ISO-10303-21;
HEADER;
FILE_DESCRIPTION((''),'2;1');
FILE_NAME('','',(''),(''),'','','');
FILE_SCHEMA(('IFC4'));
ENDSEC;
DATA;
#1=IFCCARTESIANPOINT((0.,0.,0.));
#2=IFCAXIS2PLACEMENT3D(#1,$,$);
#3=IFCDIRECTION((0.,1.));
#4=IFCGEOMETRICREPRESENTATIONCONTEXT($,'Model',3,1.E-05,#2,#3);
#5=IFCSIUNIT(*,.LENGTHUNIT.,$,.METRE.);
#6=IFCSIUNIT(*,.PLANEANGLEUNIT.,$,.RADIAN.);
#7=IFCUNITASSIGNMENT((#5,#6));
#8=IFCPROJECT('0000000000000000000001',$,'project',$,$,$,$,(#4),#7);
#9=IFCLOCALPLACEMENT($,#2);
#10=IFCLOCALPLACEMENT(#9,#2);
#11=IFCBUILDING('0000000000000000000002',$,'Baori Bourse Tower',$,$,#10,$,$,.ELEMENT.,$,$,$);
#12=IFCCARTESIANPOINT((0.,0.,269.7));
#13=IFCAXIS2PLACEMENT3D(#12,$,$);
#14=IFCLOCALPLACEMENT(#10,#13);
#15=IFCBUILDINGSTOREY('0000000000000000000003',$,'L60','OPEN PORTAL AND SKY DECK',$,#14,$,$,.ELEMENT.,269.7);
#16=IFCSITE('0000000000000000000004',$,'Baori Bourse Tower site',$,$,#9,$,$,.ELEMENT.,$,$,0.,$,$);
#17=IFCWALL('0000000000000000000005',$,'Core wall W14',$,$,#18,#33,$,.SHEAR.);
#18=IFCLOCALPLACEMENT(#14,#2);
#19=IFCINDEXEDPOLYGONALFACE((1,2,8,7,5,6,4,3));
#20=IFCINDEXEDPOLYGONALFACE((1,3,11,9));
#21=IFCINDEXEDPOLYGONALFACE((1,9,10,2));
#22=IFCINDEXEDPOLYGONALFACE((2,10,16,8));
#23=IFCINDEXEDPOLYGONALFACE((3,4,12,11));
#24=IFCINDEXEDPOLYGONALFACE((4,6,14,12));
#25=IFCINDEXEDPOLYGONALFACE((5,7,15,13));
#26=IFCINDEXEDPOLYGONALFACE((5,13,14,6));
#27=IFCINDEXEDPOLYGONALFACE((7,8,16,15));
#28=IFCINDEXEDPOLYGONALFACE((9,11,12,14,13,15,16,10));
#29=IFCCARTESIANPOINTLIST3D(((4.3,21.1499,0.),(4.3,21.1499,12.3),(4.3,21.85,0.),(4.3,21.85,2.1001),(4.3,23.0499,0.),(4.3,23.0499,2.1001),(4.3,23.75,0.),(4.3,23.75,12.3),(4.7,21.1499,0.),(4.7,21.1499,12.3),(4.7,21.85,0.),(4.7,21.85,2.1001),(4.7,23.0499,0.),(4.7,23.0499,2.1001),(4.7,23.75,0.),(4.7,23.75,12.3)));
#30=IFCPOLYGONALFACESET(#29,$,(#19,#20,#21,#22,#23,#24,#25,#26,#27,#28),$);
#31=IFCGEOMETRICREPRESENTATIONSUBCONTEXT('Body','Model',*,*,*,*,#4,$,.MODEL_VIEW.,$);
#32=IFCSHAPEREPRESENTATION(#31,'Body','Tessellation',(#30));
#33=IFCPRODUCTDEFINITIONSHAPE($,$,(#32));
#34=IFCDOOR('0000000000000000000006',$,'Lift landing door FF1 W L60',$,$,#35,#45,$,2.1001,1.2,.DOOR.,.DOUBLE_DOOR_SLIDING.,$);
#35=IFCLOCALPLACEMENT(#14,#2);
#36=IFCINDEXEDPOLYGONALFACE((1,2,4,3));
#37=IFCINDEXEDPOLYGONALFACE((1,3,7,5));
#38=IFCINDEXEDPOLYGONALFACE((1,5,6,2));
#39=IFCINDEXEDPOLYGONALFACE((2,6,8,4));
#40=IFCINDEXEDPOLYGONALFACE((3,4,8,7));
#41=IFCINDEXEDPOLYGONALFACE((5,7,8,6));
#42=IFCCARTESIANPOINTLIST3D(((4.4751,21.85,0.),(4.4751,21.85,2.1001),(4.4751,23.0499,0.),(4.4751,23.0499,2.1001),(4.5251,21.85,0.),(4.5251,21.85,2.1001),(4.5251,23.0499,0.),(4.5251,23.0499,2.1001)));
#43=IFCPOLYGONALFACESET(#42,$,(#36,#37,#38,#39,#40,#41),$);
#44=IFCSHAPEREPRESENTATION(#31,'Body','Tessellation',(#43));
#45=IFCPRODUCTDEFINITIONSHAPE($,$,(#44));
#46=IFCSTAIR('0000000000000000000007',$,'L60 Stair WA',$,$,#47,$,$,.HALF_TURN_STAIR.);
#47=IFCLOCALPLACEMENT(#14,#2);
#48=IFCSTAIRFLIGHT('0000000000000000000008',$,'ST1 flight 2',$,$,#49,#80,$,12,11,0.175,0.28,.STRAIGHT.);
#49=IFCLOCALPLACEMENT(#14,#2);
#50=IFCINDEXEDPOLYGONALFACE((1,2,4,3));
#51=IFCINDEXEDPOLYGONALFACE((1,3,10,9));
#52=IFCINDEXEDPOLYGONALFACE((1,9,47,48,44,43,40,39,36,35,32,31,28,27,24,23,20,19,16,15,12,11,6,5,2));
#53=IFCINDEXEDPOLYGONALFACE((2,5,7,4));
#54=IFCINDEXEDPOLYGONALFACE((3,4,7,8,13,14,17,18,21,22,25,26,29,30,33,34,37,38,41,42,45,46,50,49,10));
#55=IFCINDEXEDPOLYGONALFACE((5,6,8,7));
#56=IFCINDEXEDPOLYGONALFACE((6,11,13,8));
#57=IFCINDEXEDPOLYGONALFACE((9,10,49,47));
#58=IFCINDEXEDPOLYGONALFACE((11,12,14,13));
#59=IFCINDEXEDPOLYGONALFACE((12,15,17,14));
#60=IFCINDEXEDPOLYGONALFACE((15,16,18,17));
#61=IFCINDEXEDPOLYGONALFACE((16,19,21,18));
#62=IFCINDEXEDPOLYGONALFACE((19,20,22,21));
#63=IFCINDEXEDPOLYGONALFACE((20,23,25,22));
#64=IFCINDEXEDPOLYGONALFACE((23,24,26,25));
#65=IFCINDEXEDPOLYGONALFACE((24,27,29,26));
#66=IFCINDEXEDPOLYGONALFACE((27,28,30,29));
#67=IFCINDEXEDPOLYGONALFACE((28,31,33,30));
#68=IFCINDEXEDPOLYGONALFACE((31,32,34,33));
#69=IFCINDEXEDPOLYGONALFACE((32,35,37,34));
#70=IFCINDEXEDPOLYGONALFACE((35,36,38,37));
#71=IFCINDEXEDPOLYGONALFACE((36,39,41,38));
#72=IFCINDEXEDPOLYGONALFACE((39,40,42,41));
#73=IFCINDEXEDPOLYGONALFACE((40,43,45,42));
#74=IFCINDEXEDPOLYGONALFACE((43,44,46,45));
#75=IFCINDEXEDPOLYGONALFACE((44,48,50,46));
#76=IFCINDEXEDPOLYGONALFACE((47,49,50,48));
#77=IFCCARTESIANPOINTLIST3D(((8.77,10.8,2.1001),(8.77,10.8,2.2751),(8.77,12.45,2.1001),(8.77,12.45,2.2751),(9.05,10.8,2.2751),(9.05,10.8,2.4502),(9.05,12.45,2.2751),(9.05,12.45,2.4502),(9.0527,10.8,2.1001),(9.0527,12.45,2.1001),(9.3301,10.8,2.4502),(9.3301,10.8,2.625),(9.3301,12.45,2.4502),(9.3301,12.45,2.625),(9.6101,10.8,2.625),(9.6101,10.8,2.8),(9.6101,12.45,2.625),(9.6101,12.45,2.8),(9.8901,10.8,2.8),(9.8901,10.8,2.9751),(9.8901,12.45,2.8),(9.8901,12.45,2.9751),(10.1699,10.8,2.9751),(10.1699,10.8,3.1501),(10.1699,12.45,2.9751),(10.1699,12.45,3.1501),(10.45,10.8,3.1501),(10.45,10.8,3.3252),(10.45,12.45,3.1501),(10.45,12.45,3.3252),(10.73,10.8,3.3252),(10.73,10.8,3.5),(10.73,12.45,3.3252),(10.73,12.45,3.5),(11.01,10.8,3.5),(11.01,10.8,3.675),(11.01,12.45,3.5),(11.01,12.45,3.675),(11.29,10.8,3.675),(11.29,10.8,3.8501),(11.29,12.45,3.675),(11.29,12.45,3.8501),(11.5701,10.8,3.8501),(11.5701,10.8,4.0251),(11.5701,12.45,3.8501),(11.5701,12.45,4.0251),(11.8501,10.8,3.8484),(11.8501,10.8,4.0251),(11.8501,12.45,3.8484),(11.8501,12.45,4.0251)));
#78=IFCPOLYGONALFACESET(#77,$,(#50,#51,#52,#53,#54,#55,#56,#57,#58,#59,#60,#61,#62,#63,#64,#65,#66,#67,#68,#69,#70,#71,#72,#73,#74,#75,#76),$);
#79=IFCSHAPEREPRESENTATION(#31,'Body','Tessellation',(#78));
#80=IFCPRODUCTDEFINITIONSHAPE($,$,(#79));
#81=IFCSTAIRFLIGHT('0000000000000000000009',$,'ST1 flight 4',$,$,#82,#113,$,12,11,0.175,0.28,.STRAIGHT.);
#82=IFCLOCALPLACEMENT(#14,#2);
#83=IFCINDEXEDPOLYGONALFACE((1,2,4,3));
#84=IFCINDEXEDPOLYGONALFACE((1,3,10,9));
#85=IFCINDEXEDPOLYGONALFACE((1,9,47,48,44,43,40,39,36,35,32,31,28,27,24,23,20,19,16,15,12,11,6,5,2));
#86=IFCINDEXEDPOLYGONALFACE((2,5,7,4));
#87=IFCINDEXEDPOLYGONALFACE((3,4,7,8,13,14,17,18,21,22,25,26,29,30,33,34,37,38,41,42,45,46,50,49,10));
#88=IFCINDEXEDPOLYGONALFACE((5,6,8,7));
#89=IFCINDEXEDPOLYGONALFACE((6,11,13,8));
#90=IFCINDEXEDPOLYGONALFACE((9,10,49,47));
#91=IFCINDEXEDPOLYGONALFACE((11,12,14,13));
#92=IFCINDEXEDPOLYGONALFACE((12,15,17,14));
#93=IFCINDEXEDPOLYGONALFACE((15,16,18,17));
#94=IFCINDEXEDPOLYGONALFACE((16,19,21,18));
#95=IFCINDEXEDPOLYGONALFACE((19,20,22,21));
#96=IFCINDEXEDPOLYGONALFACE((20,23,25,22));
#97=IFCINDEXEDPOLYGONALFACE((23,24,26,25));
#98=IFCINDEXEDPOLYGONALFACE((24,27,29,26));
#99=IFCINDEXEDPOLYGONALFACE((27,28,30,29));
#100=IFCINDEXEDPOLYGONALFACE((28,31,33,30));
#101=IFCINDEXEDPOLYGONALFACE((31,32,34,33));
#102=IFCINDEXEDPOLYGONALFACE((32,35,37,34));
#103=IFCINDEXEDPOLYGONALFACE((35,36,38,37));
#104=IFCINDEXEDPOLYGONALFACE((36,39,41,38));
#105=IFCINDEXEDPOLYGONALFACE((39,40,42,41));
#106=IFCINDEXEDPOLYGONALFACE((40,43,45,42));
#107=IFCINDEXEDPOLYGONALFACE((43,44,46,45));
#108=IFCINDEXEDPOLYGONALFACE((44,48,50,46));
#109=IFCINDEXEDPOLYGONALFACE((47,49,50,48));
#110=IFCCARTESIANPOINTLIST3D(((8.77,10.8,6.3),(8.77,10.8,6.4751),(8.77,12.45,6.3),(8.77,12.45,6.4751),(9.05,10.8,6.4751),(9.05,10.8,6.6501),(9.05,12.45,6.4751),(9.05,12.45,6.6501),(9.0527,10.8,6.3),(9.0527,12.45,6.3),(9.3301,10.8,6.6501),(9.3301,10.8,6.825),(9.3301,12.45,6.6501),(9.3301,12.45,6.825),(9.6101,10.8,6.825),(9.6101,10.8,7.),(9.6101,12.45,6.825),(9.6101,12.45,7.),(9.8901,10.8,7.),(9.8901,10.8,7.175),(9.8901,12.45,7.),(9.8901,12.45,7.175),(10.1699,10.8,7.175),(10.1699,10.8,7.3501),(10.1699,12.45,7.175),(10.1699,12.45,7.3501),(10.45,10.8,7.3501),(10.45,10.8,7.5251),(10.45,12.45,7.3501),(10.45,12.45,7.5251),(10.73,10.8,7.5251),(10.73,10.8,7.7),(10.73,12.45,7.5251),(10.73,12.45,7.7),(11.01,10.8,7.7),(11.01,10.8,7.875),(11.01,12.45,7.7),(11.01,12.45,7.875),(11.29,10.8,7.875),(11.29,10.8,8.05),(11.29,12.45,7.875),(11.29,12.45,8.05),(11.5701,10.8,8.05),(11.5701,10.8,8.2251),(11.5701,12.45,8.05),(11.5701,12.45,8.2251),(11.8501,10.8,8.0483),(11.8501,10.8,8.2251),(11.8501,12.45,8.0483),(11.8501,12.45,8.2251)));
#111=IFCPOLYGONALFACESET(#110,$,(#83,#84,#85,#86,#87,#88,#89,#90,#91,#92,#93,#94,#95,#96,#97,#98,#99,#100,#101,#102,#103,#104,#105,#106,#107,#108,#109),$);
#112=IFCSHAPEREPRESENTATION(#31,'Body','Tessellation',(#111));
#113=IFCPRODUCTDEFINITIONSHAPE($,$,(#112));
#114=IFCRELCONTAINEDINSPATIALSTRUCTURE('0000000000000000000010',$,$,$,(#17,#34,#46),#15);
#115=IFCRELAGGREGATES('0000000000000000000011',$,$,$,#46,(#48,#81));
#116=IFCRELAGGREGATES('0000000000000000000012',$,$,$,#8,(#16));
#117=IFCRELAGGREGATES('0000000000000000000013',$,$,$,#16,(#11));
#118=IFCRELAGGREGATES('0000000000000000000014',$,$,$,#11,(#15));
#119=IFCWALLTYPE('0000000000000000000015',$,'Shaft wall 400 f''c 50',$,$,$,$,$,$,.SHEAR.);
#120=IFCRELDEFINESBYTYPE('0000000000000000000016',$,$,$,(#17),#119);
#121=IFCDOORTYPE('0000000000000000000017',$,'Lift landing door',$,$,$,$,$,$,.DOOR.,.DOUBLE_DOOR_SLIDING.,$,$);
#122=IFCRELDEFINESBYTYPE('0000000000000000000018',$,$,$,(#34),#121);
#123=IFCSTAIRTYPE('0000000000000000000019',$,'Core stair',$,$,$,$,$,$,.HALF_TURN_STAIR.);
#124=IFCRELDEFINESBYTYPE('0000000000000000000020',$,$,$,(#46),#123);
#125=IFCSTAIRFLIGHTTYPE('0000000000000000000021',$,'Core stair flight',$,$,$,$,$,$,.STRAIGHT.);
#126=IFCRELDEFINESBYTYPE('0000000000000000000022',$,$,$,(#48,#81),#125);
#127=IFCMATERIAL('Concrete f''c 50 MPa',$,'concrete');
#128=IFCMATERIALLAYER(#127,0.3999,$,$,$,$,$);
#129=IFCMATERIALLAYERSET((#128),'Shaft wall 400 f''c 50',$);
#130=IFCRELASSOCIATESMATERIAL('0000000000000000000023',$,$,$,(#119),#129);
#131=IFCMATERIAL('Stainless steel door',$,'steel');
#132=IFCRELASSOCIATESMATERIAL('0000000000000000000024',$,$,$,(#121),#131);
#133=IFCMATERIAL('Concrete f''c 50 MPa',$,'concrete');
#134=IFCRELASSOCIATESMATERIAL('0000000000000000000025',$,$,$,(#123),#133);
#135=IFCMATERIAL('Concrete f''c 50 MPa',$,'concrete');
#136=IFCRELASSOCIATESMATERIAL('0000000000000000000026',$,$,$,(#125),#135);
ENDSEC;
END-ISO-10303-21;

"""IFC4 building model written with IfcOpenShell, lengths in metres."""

from ifc_helpers import new_model, si_unit, direction, frame, frame_2d, origin, place, context, subcontext, project, spatial, polyline, rectangle, outline, extrude, material, layer, layer_set, type_object, element, fill, aggregate, save


model = new_model("IFC4")

# Units and contexts
model_context = context("Model", 3, precision=1e-05, world=origin(), true_north=direction((0.0, 1.0)))
body_context = subcontext(model_context, "Body", "Model", "MODEL_VIEW")
ifc_project = project(units=[si_unit("LENGTHUNIT", "METRE"), si_unit("PLANEANGLEUNIT", "RADIAN")], contexts=[model_context])

# Site, building, storey
site_placement = place(None, origin())
site = spatial("IfcSite", under=ifc_project, at=site_placement, Name="Baori Bourse Tower site", CompositionType="ELEMENT", RefElevation=0.0)
building_placement = place(site_placement, origin())
building = spatial("IfcBuilding", under=site, at=building_placement, Name="Baori Bourse Tower", CompositionType="ELEMENT")
storey_placement = place(building_placement, frame((0.0, 0.0, 269.7)))
storey = spatial("IfcBuildingStorey", under=building, at=storey_placement, Name="L60", Description="OPEN PORTAL AND SKY DECK", CompositionType="ELEMENT", Elevation=269.7)

# Shared definitions
ifc_material_1 = material(Name="Concrete f'c 50 MPa", Category="concrete")
ifc_layer_1 = layer(ifc_material_1, 0.3999)
ifc_layer_set_1 = layer_set([ifc_layer_1], Name="Shaft wall 400 f'c 50")
wall_type_1 = type_object("IfcWallType", Name="Shaft wall 400 f'c 50", PredefinedType="SHEAR", material=ifc_layer_set_1)

# Wall, opening, door
wall_1_placement = place(storey_placement, frame((4.5, 21.1499, 0.0), z_axis=(0.0, 0.0, 1.0), x_axis=(0.0, 1.0, 0.0)))
wall_1 = element("IfcWall", 1, at=wall_1_placement, inside=storey, type_object=wall_type_1, Name="Core wall W14", PredefinedType="SHEAR", context=body_context, shape_type="SweptSolid", body=[
    extrude(rectangle(XDim=2.6001, YDim=0.3999, at=frame_2d((1.3, 0.0))), origin(), (0.0, 0.0, 1.0), 12.3),
])
opening_1_placement = place(wall_1_placement, frame((0.7, 0.0, 0.0)))
opening_1 = element("IfcOpeningElement", 2, at=opening_1_placement, cuts=wall_1, PredefinedType="OPENING", context=body_context, shape_type="SweptSolid", body=[
    extrude(rectangle(XDim=1.2, YDim=2.1001, at=frame_2d((0.6001, 1.05))), frame((0.0, 0.21, 0.0), z_axis=(0.0, -1.0, 0.0), x_axis=(1.0, 0.0, 0.0)), (0.0, 0.0, 1.0), 0.4199),
])
ifc_material_2 = material(Name="Stainless steel door", Category="steel")
door_type_1 = type_object("IfcDoorType", Name="Lift landing door", OperationType="DOUBLE_DOOR_SLIDING", PredefinedType="DOOR", material=ifc_material_2)
door_1_placement = place(opening_1_placement, origin())
door_1 = element("IfcDoor", 3, at=door_1_placement, inside=storey, type_object=door_type_1, Name="Lift landing door FF1 W L60", OperationType="DOUBLE_DOOR_SLIDING", OverallHeight=2.1001, OverallWidth=1.2, PredefinedType="DOOR", context=body_context, shape_type="SweptSolid", body=[
    extrude(rectangle(XDim=1.2, YDim=2.1001, at=frame_2d((0.6001, 1.05))), frame((0.0, 0.0249, 0.0), z_axis=(0.0, -1.0, 0.0), x_axis=(1.0, 0.0, 0.0)), (0.0, 0.0, 1.0), 0.05),
])
fill(opening_1, door_1)

# Stair, stair flights
ifc_material_3 = material(Name="Concrete f'c 50 MPa", Category="concrete")
stair_type = type_object("IfcStairType", Name="Core stair", PredefinedType="HALF_TURN_STAIR", material=ifc_material_3)
stair_placement = place(storey_placement, origin())
stair = element("IfcStair", 4, at=stair_placement, inside=storey, type_object=stair_type, Name="L60 Stair WA", PredefinedType="HALF_TURN_STAIR")
ifc_material_4 = material(Name="Concrete f'c 50 MPa", Category="concrete")
stair_flight_type = type_object("IfcStairFlightType", Name="Core stair flight", PredefinedType="STRAIGHT", material=ifc_material_4)
stair_flight_1_placement = place(storey_placement, frame((8.77, 11.625, 2.1001), z_axis=(0.0, 0.0, 1.0), x_axis=(1.0, 0.0, 0.0)))
stair_flight_1 = element("IfcStairFlight", 5, at=stair_flight_1_placement, type_object=stair_flight_type, Name="ST1 flight 2", NumberOfRisers=12, NumberOfTreads=11, PredefinedType="STRAIGHT", RiserHeight=0.175, TreadLength=0.28, context=body_context, shape_type="SweptSolid", body=[
    extrude(outline(polyline([(0.0, 0.0), (0.0, 0.175), (0.28, 0.175), (0.28, 0.3501), (0.5601, 0.3501), (0.5601, 0.5249), (0.8401, 0.5249), (0.8401, 0.7), (1.1201, 0.7), (1.1201, 0.875), (1.3999, 0.875), (1.3999, 1.05), (1.6799, 1.05), (1.6799, 1.2251), (1.96, 1.2251), (1.96, 1.3999), (2.24, 1.3999), (2.24, 1.575), (2.52, 1.575), (2.52, 1.75), (2.8, 1.75), (2.8, 1.925), (3.0801, 1.925), (3.0801, 2.1001), (3.0801, 1.7483), (0.2827, 0.0), (0.0, 0.0)])), frame((0.0, 0.825, 0.0), z_axis=(0.0, -1.0, 0.0), x_axis=(1.0, 0.0, 0.0)), (0.0, 0.0, 1.0), 1.6499),
])
stair_flight_2_placement = place(storey_placement, frame((8.77, 11.625, 6.3), z_axis=(0.0, 0.0, 1.0), x_axis=(1.0, 0.0, 0.0)))
stair_flight_2 = element("IfcStairFlight", 6, at=stair_flight_2_placement, type_object=stair_flight_type, Name="ST1 flight 4", NumberOfRisers=12, NumberOfTreads=11, PredefinedType="STRAIGHT", RiserHeight=0.175, TreadLength=0.28, context=body_context, shape_type="SweptSolid", body=[
    extrude(outline(polyline([(0.0, 0.0), (0.0, 0.175), (0.28, 0.175), (0.28, 0.3501), (0.5601, 0.3501), (0.5601, 0.5249), (0.8401, 0.5249), (0.8401, 0.7), (1.1201, 0.7), (1.1201, 0.875), (1.3999, 0.875), (1.3999, 1.05), (1.6799, 1.05), (1.6799, 1.2251), (1.96, 1.2251), (1.96, 1.3999), (2.24, 1.3999), (2.24, 1.575), (2.52, 1.575), (2.52, 1.75), (2.8, 1.75), (2.8, 1.925), (3.0801, 1.925), (3.0801, 2.1001), (3.0801, 1.7483), (0.2827, 0.0), (0.0, 0.0)])), frame((0.0, 0.825, 0.0), z_axis=(0.0, -1.0, 0.0), x_axis=(1.0, 0.0, 0.0)), (0.0, 0.0, 1.0), 1.6499),
])
aggregate(stair, [stair_flight_1, stair_flight_2])

save(model, "model.ifc")
